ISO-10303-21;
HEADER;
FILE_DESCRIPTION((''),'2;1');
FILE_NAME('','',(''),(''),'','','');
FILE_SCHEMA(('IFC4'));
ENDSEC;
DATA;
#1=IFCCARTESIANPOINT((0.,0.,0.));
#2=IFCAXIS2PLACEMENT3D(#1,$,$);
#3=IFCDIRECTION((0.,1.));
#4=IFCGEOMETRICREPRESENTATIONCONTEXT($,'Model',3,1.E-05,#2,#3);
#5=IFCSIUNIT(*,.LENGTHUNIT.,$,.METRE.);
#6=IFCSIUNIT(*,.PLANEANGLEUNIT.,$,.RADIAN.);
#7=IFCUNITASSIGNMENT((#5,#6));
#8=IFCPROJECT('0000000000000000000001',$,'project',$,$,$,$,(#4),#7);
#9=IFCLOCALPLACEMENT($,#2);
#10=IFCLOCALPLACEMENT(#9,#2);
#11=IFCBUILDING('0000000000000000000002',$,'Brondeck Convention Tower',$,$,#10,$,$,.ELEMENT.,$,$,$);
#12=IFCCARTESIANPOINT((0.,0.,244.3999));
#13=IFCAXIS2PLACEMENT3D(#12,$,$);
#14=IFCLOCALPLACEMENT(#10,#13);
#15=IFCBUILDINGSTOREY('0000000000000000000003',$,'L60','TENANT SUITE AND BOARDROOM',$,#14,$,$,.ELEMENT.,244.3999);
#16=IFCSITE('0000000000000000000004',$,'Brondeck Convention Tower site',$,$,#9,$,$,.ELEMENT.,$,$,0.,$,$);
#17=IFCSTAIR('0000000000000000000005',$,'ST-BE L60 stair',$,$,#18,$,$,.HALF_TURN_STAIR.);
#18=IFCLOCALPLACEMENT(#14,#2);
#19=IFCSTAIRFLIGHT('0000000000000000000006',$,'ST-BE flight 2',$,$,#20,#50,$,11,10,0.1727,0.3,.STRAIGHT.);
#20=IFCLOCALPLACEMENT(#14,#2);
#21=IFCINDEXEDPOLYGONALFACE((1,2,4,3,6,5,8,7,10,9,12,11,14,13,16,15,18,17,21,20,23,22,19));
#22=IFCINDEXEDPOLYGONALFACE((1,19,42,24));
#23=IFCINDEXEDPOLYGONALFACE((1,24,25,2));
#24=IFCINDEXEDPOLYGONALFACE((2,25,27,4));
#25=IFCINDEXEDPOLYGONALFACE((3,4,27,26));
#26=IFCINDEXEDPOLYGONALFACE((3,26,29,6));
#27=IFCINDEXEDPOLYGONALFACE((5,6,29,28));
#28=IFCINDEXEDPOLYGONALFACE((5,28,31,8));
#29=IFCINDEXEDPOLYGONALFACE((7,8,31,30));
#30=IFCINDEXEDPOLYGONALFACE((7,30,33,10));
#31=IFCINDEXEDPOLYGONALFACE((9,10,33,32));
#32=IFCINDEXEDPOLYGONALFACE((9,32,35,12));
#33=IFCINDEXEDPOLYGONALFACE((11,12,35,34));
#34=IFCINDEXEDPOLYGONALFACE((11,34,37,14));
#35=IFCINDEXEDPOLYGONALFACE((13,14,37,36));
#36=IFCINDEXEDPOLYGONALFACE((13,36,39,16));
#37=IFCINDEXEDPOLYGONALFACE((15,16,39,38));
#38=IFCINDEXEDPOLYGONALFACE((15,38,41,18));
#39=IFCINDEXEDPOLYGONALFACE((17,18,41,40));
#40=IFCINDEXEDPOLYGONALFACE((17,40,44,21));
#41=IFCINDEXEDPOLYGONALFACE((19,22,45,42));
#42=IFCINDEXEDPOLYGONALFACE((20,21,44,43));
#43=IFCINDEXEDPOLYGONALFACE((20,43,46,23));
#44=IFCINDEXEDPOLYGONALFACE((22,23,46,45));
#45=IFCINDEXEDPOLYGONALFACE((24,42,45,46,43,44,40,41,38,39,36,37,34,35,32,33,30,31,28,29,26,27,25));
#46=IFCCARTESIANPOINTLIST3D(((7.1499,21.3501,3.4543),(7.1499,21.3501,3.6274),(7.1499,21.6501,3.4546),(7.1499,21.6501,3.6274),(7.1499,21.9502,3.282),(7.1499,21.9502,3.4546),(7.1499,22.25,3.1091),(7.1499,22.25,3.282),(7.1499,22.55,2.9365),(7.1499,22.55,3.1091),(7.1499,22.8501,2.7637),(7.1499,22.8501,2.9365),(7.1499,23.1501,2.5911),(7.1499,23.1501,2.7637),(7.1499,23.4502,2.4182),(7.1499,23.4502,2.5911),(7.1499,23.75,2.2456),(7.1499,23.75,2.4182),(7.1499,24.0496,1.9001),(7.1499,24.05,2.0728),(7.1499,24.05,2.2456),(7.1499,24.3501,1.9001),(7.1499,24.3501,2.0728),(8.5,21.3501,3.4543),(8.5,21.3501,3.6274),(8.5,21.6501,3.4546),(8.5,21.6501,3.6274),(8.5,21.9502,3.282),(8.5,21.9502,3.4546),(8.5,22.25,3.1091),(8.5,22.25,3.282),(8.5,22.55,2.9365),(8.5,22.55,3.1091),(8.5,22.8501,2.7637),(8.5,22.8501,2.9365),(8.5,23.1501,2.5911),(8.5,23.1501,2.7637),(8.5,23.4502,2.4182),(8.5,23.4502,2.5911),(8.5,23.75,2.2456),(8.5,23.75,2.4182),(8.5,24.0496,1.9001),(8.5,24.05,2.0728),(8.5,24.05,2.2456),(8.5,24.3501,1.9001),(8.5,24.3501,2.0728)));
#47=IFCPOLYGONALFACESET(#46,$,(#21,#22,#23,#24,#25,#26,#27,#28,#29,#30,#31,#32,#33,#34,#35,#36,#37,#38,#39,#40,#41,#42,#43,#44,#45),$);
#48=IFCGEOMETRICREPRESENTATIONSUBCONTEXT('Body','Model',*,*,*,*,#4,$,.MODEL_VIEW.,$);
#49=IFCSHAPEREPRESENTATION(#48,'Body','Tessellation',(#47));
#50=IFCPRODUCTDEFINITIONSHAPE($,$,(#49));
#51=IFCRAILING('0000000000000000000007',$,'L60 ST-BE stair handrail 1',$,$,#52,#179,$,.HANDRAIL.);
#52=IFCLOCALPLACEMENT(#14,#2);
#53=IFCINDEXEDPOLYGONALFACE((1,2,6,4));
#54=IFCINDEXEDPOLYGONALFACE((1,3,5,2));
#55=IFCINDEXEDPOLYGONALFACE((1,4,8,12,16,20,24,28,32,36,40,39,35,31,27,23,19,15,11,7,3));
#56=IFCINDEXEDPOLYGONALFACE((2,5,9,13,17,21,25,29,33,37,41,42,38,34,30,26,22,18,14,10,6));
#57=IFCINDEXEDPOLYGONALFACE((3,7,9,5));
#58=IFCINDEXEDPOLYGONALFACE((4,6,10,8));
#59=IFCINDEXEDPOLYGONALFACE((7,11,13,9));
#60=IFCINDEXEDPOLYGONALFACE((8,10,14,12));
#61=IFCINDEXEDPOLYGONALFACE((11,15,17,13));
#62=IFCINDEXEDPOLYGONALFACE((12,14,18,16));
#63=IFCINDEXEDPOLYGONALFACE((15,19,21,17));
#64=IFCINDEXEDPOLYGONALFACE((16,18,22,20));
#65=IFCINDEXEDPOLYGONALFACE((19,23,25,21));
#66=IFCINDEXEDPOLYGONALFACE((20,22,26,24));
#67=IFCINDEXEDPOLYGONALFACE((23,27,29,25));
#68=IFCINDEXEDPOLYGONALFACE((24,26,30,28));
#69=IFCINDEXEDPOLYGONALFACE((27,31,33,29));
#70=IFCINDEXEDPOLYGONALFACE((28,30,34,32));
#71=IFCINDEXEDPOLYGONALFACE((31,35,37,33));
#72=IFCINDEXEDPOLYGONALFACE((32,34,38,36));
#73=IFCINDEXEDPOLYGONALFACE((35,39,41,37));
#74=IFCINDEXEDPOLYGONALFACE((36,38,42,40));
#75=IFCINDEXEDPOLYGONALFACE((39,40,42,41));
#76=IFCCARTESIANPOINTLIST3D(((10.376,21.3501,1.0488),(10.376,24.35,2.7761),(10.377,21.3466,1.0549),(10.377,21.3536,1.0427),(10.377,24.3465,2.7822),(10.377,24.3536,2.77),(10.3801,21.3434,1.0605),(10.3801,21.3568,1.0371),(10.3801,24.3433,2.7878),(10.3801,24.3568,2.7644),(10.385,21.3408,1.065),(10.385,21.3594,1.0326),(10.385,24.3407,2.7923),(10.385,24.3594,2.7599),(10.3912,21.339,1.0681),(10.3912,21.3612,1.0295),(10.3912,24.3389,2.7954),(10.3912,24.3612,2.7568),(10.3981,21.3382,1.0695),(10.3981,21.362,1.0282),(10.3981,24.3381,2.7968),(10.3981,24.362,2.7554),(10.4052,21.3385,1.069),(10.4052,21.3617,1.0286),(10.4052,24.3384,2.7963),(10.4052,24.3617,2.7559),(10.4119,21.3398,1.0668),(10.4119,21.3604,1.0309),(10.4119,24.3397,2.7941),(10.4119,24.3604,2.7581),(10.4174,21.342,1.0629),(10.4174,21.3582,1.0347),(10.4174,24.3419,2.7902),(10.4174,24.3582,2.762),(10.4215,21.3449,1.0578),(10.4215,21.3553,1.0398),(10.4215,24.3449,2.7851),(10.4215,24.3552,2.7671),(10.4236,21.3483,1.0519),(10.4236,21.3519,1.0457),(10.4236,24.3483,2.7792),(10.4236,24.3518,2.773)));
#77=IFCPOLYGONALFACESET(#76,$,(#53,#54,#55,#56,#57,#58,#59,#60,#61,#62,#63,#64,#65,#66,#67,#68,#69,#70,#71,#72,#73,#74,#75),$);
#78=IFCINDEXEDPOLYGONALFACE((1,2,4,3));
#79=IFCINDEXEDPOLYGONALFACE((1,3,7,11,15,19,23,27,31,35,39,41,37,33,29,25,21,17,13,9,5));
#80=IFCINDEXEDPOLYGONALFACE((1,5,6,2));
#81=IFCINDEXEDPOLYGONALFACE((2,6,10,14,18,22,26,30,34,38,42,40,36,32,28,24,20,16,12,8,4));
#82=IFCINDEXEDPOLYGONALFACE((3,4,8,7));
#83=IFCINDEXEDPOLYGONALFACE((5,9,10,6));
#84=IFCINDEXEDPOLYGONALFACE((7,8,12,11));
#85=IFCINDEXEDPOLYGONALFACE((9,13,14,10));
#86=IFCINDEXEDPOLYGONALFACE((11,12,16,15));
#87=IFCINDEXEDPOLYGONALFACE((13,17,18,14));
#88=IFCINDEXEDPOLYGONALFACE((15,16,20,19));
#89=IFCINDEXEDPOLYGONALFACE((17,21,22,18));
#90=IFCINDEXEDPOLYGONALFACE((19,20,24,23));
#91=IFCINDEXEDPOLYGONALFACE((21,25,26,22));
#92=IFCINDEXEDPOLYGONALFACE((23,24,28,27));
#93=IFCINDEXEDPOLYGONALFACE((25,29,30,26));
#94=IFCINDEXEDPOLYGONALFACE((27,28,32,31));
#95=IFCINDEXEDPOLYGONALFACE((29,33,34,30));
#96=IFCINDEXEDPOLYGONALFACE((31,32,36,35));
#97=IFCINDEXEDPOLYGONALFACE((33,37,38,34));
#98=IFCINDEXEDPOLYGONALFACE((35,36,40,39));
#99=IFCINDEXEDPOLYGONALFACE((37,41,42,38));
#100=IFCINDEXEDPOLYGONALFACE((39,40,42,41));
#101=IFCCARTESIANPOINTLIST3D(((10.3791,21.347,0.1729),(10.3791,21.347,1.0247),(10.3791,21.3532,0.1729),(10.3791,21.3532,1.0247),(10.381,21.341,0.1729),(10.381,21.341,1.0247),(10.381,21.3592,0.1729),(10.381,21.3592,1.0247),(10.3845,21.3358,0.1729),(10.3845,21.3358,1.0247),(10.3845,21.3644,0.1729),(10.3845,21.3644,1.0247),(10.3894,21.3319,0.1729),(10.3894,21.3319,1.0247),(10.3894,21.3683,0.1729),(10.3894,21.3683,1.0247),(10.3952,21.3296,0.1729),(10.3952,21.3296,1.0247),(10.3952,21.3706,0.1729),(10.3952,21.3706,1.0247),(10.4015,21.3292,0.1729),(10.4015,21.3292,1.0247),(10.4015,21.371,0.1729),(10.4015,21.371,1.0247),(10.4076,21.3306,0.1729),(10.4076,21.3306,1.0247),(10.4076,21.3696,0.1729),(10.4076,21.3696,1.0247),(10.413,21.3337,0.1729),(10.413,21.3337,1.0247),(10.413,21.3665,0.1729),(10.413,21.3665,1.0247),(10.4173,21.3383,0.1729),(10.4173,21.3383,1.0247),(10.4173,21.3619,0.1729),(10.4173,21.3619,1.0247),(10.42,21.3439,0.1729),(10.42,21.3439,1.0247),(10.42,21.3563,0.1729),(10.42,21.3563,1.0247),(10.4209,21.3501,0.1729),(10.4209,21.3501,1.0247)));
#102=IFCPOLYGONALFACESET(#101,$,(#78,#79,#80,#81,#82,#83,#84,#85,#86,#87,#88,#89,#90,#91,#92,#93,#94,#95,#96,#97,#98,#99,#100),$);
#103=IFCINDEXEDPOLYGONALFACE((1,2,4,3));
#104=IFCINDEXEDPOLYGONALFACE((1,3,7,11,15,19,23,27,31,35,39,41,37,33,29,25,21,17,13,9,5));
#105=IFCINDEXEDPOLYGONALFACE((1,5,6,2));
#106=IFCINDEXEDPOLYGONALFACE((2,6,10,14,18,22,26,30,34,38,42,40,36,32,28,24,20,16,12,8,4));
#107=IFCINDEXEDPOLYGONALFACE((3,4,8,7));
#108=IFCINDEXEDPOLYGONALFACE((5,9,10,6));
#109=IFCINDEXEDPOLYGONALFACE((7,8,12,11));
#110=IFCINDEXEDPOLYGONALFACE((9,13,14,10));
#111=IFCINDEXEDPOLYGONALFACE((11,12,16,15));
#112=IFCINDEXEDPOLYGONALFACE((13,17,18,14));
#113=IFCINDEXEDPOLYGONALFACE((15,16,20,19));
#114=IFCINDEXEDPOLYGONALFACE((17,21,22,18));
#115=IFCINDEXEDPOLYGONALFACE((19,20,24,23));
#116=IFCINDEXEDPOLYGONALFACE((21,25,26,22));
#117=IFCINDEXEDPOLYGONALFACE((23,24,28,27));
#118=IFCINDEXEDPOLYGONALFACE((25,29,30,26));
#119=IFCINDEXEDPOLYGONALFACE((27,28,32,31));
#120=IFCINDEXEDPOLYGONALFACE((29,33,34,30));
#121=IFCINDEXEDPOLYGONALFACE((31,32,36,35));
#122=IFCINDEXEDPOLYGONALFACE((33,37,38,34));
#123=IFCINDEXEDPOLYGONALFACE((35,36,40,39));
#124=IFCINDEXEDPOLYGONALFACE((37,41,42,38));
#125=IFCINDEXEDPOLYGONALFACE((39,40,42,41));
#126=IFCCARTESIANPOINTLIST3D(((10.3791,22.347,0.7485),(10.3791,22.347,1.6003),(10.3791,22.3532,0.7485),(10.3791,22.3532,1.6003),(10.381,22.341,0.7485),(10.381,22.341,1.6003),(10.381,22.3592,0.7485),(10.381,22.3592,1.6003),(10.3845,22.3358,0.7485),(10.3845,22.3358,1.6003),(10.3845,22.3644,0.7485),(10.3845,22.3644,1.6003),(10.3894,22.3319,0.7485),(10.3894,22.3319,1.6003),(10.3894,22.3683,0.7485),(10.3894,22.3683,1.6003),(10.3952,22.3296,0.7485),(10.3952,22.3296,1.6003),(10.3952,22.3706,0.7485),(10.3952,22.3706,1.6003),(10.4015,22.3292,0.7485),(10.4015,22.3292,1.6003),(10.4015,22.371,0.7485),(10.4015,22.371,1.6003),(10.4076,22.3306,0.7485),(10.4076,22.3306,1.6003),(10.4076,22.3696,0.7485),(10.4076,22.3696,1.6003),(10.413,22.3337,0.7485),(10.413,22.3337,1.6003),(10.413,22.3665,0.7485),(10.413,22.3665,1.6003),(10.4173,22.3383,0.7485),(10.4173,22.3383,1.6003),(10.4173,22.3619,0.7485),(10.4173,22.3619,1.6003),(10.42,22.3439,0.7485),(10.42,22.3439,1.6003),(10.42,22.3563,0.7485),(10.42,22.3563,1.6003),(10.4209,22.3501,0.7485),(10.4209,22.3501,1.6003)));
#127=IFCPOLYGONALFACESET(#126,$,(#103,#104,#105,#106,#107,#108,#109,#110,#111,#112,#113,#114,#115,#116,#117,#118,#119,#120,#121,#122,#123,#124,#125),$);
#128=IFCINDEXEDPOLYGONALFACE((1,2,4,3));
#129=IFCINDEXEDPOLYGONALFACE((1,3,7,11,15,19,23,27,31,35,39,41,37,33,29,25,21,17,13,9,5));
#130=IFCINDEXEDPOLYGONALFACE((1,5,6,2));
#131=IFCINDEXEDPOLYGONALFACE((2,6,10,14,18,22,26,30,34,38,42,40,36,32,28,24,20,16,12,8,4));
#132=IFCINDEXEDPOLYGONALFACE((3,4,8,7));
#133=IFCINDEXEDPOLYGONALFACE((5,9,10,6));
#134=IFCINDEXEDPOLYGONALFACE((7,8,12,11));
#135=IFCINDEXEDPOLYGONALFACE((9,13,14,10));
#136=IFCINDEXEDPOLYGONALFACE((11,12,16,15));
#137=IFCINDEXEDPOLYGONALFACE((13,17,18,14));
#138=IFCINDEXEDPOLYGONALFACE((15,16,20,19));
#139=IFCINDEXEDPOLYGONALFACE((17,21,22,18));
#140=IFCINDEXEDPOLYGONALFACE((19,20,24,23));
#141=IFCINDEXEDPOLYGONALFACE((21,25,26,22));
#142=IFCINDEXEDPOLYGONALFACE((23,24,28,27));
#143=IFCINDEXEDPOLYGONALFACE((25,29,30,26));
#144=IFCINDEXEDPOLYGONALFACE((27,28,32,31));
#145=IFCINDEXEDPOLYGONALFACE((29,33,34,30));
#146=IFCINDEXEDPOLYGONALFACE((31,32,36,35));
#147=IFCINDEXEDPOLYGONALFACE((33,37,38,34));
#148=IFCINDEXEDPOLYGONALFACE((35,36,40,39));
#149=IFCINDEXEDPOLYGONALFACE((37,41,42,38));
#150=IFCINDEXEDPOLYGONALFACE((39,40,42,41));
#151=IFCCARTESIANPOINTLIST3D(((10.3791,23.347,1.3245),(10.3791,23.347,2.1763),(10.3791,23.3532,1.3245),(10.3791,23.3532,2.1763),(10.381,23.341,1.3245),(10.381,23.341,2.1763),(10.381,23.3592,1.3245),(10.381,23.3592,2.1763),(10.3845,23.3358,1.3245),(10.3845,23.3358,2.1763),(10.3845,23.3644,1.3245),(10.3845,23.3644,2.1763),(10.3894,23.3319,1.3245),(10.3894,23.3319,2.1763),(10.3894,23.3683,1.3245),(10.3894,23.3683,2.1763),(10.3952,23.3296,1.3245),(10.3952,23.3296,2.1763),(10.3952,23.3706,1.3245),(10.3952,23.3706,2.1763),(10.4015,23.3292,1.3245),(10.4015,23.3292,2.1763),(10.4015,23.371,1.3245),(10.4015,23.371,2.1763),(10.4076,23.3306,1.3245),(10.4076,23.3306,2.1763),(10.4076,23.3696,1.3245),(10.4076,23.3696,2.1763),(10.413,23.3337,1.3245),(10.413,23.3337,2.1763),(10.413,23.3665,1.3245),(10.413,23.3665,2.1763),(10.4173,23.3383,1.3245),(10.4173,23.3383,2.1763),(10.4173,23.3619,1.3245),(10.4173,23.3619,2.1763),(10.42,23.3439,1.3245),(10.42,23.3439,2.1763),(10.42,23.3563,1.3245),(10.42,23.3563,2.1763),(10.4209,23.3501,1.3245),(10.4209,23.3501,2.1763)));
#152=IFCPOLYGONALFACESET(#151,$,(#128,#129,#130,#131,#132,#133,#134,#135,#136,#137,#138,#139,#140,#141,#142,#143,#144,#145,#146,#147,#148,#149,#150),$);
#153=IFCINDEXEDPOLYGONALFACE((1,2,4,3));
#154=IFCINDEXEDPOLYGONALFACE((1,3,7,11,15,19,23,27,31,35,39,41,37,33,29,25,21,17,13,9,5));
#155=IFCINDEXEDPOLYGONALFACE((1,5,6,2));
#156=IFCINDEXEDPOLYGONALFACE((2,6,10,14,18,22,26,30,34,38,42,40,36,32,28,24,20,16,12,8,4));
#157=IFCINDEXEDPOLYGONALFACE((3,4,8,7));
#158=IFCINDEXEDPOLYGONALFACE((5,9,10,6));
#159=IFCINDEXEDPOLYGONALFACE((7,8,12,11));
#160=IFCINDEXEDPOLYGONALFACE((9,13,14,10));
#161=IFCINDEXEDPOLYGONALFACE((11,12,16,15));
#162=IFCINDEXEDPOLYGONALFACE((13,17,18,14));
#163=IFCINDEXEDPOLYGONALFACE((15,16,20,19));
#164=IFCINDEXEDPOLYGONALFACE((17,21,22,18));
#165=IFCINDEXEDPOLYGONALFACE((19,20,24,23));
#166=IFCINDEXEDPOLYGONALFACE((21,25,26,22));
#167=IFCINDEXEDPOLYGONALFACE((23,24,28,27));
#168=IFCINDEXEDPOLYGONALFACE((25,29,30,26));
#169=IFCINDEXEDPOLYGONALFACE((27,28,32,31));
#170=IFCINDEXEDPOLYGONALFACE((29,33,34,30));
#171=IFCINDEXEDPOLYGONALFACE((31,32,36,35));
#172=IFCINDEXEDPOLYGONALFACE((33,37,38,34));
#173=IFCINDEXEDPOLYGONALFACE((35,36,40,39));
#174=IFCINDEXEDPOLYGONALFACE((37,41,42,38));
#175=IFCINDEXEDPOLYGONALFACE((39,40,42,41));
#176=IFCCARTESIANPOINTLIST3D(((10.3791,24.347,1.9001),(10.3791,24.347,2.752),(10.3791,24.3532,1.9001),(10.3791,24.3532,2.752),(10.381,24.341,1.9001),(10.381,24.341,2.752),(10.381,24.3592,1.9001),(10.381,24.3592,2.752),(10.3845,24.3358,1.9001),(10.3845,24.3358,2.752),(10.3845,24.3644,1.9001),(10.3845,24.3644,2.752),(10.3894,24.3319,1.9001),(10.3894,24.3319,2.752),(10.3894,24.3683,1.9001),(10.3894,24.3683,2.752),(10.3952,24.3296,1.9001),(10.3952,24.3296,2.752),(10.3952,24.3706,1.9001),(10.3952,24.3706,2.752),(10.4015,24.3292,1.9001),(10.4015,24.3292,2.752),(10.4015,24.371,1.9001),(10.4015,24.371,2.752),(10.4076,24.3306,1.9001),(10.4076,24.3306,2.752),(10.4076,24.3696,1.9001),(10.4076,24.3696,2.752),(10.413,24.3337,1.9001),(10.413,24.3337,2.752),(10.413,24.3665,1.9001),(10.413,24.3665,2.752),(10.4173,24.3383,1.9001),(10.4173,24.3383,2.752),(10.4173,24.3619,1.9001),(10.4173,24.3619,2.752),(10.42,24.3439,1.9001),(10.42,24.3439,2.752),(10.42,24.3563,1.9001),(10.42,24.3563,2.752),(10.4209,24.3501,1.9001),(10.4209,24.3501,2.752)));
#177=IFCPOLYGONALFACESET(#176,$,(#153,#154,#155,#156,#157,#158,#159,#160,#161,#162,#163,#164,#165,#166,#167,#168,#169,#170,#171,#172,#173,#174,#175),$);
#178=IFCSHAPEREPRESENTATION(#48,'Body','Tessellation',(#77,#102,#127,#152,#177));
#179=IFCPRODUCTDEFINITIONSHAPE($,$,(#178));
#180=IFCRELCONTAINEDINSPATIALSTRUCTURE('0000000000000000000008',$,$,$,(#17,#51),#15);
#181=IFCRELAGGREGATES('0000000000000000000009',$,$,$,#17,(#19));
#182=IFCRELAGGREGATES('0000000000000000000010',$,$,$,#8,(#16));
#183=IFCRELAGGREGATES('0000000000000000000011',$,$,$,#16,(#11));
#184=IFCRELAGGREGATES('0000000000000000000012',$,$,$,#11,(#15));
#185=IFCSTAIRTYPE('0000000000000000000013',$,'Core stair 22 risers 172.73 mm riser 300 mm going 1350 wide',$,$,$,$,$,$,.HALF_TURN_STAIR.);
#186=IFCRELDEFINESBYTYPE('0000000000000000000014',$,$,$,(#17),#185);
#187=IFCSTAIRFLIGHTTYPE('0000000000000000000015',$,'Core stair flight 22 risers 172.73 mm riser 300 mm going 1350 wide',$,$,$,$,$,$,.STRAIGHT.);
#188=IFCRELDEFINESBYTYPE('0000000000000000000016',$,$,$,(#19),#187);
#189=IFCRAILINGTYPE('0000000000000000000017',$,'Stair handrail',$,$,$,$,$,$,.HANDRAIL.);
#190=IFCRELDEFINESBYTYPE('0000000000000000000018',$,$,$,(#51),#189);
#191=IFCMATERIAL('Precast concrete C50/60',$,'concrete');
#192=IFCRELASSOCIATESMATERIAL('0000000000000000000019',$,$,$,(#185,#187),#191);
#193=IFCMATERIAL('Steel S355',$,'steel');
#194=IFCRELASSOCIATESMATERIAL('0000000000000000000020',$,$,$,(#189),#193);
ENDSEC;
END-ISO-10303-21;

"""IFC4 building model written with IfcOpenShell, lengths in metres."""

from ifc_helpers import new_model, si_unit, direction, frame, origin, origin_2d, place, context, subcontext, project, spatial, polyline, circle, outline, extrude, material, type_object, element, aggregate, save


model = new_model("IFC4")

# Units and contexts
model_context = context("Model", 3, precision=1e-05, world=origin(), true_north=direction((0.0, 1.0)))
body_context = subcontext(model_context, "Body", "Model", "MODEL_VIEW")
ifc_project = project(units=[si_unit("LENGTHUNIT", "METRE"), si_unit("PLANEANGLEUNIT", "RADIAN")], contexts=[model_context])

# Site, building, storey
site_placement = place(None, origin())
site = spatial("IfcSite", under=ifc_project, at=site_placement, Name="Brondeck Convention Tower site", CompositionType="ELEMENT", RefElevation=0.0)
building_placement = place(site_placement, origin())
building = spatial("IfcBuilding", under=site, at=building_placement, Name="Brondeck Convention Tower", CompositionType="ELEMENT")
storey_placement = place(building_placement, frame((0.0, 0.0, 244.3999)))
storey = spatial("IfcBuildingStorey", under=building, at=storey_placement, Name="L60", Description="TENANT SUITE AND BOARDROOM", CompositionType="ELEMENT", Elevation=244.3999)

# Shared definitions
ifc_material_1 = material(Name="Steel S355", Category="steel")

# Stair, stair flight
ifc_material_2 = material(Name="Precast concrete C50/60", Category="concrete")
stair_type = type_object("IfcStairType", Name="Core stair 22 risers 172.73 mm riser 300 mm going 1350 wide", PredefinedType="HALF_TURN_STAIR", material=ifc_material_2)
stair_placement = place(storey_placement, origin())
stair = element("IfcStair", 1, at=stair_placement, inside=storey, type_object=stair_type, Name="ST-BE L60 stair", PredefinedType="HALF_TURN_STAIR")
stair_flight_type = type_object("IfcStairFlightType", Name="Core stair flight 22 risers 172.73 mm riser 300 mm going 1350 wide", PredefinedType="STRAIGHT", material=ifc_material_2)
stair_flight_1_placement = place(storey_placement, frame((7.825, 24.3501, 1.9001), z_axis=(0.0, 0.0, 1.0), x_axis=(0.0, -1.0, 0.0)))
stair_flight_1 = element("IfcStairFlight", 2, at=stair_flight_1_placement, type_object=stair_flight_type, Name="ST-BE flight 2", NumberOfRisers=11, NumberOfTreads=10, PredefinedType="STRAIGHT", RiserHeight=0.1727, TreadLength=0.3, context=body_context, shape_type="SweptSolid", body=[
    extrude(outline(polyline([(0.0, 0.0), (0.0, 0.1726), (0.3, 0.1726), (0.3, 0.3455), (0.6001, 0.3455), (0.6001, 0.5181), (0.8999, 0.5181), (0.8999, 0.6909), (1.2, 0.6909), (1.2, 0.8635), (1.5, 0.8635), (1.5, 1.0364), (1.8, 1.0364), (1.8, 1.209), (2.1001, 1.209), (2.1001, 1.3818), (2.3999, 1.3818), (2.3999, 1.5544), (2.7, 1.5544), (2.7, 1.7273), (3.0, 1.7273), (3.0, 1.8999), (3.0, 1.5542), (0.3005, 0.0), (0.0, 0.0)])), frame((0.0, 0.675, 0.0), z_axis=(0.0, -1.0, 0.0), x_axis=(1.0, 0.0, 0.0)), (0.0, 0.0, 1.0), 1.3501),
])
aggregate(stair, [stair_flight_1])

# Railing
railing_type_1 = type_object("IfcRailingType", Name="Stair handrail", PredefinedType="HANDRAIL", material=ifc_material_1)
railing_1_placement = place(storey_placement, frame((10.3999, 21.3501, 0.1729)))
element("IfcRailing", 3, at=railing_1_placement, inside=storey, type_object=railing_type_1, Name="L60 ST-BE stair handrail 1", PredefinedType="HANDRAIL", context=body_context, shape_type="SweptSolid", body=[
    extrude(circle(Radius=0.0239, at=origin_2d()), frame((0.0, 0.0, 0.876), z_axis=(0.0, 0.86662, 0.498969), x_axis=(-1.0, 0.0, 0.0)), (0.0, 0.0, 1.0), 3.4617),
    extrude(circle(Radius=0.021, at=origin_2d()), origin(), (0.0, 0.0, 1.0), 0.8518),
    extrude(circle(Radius=0.021, at=origin_2d()), frame((0.0, 1.0, 0.5757)), (0.0, 0.0, 1.0), 0.8518),
    extrude(circle(Radius=0.021, at=origin_2d()), frame((0.0, 2.0, 1.1516)), (0.0, 0.0, 1.0), 0.8518),
    extrude(circle(Radius=0.021, at=origin_2d()), frame((0.0, 3.0, 1.7273)), (0.0, 0.0, 1.0), 0.8518),
])

save(model, "model.ifc")
